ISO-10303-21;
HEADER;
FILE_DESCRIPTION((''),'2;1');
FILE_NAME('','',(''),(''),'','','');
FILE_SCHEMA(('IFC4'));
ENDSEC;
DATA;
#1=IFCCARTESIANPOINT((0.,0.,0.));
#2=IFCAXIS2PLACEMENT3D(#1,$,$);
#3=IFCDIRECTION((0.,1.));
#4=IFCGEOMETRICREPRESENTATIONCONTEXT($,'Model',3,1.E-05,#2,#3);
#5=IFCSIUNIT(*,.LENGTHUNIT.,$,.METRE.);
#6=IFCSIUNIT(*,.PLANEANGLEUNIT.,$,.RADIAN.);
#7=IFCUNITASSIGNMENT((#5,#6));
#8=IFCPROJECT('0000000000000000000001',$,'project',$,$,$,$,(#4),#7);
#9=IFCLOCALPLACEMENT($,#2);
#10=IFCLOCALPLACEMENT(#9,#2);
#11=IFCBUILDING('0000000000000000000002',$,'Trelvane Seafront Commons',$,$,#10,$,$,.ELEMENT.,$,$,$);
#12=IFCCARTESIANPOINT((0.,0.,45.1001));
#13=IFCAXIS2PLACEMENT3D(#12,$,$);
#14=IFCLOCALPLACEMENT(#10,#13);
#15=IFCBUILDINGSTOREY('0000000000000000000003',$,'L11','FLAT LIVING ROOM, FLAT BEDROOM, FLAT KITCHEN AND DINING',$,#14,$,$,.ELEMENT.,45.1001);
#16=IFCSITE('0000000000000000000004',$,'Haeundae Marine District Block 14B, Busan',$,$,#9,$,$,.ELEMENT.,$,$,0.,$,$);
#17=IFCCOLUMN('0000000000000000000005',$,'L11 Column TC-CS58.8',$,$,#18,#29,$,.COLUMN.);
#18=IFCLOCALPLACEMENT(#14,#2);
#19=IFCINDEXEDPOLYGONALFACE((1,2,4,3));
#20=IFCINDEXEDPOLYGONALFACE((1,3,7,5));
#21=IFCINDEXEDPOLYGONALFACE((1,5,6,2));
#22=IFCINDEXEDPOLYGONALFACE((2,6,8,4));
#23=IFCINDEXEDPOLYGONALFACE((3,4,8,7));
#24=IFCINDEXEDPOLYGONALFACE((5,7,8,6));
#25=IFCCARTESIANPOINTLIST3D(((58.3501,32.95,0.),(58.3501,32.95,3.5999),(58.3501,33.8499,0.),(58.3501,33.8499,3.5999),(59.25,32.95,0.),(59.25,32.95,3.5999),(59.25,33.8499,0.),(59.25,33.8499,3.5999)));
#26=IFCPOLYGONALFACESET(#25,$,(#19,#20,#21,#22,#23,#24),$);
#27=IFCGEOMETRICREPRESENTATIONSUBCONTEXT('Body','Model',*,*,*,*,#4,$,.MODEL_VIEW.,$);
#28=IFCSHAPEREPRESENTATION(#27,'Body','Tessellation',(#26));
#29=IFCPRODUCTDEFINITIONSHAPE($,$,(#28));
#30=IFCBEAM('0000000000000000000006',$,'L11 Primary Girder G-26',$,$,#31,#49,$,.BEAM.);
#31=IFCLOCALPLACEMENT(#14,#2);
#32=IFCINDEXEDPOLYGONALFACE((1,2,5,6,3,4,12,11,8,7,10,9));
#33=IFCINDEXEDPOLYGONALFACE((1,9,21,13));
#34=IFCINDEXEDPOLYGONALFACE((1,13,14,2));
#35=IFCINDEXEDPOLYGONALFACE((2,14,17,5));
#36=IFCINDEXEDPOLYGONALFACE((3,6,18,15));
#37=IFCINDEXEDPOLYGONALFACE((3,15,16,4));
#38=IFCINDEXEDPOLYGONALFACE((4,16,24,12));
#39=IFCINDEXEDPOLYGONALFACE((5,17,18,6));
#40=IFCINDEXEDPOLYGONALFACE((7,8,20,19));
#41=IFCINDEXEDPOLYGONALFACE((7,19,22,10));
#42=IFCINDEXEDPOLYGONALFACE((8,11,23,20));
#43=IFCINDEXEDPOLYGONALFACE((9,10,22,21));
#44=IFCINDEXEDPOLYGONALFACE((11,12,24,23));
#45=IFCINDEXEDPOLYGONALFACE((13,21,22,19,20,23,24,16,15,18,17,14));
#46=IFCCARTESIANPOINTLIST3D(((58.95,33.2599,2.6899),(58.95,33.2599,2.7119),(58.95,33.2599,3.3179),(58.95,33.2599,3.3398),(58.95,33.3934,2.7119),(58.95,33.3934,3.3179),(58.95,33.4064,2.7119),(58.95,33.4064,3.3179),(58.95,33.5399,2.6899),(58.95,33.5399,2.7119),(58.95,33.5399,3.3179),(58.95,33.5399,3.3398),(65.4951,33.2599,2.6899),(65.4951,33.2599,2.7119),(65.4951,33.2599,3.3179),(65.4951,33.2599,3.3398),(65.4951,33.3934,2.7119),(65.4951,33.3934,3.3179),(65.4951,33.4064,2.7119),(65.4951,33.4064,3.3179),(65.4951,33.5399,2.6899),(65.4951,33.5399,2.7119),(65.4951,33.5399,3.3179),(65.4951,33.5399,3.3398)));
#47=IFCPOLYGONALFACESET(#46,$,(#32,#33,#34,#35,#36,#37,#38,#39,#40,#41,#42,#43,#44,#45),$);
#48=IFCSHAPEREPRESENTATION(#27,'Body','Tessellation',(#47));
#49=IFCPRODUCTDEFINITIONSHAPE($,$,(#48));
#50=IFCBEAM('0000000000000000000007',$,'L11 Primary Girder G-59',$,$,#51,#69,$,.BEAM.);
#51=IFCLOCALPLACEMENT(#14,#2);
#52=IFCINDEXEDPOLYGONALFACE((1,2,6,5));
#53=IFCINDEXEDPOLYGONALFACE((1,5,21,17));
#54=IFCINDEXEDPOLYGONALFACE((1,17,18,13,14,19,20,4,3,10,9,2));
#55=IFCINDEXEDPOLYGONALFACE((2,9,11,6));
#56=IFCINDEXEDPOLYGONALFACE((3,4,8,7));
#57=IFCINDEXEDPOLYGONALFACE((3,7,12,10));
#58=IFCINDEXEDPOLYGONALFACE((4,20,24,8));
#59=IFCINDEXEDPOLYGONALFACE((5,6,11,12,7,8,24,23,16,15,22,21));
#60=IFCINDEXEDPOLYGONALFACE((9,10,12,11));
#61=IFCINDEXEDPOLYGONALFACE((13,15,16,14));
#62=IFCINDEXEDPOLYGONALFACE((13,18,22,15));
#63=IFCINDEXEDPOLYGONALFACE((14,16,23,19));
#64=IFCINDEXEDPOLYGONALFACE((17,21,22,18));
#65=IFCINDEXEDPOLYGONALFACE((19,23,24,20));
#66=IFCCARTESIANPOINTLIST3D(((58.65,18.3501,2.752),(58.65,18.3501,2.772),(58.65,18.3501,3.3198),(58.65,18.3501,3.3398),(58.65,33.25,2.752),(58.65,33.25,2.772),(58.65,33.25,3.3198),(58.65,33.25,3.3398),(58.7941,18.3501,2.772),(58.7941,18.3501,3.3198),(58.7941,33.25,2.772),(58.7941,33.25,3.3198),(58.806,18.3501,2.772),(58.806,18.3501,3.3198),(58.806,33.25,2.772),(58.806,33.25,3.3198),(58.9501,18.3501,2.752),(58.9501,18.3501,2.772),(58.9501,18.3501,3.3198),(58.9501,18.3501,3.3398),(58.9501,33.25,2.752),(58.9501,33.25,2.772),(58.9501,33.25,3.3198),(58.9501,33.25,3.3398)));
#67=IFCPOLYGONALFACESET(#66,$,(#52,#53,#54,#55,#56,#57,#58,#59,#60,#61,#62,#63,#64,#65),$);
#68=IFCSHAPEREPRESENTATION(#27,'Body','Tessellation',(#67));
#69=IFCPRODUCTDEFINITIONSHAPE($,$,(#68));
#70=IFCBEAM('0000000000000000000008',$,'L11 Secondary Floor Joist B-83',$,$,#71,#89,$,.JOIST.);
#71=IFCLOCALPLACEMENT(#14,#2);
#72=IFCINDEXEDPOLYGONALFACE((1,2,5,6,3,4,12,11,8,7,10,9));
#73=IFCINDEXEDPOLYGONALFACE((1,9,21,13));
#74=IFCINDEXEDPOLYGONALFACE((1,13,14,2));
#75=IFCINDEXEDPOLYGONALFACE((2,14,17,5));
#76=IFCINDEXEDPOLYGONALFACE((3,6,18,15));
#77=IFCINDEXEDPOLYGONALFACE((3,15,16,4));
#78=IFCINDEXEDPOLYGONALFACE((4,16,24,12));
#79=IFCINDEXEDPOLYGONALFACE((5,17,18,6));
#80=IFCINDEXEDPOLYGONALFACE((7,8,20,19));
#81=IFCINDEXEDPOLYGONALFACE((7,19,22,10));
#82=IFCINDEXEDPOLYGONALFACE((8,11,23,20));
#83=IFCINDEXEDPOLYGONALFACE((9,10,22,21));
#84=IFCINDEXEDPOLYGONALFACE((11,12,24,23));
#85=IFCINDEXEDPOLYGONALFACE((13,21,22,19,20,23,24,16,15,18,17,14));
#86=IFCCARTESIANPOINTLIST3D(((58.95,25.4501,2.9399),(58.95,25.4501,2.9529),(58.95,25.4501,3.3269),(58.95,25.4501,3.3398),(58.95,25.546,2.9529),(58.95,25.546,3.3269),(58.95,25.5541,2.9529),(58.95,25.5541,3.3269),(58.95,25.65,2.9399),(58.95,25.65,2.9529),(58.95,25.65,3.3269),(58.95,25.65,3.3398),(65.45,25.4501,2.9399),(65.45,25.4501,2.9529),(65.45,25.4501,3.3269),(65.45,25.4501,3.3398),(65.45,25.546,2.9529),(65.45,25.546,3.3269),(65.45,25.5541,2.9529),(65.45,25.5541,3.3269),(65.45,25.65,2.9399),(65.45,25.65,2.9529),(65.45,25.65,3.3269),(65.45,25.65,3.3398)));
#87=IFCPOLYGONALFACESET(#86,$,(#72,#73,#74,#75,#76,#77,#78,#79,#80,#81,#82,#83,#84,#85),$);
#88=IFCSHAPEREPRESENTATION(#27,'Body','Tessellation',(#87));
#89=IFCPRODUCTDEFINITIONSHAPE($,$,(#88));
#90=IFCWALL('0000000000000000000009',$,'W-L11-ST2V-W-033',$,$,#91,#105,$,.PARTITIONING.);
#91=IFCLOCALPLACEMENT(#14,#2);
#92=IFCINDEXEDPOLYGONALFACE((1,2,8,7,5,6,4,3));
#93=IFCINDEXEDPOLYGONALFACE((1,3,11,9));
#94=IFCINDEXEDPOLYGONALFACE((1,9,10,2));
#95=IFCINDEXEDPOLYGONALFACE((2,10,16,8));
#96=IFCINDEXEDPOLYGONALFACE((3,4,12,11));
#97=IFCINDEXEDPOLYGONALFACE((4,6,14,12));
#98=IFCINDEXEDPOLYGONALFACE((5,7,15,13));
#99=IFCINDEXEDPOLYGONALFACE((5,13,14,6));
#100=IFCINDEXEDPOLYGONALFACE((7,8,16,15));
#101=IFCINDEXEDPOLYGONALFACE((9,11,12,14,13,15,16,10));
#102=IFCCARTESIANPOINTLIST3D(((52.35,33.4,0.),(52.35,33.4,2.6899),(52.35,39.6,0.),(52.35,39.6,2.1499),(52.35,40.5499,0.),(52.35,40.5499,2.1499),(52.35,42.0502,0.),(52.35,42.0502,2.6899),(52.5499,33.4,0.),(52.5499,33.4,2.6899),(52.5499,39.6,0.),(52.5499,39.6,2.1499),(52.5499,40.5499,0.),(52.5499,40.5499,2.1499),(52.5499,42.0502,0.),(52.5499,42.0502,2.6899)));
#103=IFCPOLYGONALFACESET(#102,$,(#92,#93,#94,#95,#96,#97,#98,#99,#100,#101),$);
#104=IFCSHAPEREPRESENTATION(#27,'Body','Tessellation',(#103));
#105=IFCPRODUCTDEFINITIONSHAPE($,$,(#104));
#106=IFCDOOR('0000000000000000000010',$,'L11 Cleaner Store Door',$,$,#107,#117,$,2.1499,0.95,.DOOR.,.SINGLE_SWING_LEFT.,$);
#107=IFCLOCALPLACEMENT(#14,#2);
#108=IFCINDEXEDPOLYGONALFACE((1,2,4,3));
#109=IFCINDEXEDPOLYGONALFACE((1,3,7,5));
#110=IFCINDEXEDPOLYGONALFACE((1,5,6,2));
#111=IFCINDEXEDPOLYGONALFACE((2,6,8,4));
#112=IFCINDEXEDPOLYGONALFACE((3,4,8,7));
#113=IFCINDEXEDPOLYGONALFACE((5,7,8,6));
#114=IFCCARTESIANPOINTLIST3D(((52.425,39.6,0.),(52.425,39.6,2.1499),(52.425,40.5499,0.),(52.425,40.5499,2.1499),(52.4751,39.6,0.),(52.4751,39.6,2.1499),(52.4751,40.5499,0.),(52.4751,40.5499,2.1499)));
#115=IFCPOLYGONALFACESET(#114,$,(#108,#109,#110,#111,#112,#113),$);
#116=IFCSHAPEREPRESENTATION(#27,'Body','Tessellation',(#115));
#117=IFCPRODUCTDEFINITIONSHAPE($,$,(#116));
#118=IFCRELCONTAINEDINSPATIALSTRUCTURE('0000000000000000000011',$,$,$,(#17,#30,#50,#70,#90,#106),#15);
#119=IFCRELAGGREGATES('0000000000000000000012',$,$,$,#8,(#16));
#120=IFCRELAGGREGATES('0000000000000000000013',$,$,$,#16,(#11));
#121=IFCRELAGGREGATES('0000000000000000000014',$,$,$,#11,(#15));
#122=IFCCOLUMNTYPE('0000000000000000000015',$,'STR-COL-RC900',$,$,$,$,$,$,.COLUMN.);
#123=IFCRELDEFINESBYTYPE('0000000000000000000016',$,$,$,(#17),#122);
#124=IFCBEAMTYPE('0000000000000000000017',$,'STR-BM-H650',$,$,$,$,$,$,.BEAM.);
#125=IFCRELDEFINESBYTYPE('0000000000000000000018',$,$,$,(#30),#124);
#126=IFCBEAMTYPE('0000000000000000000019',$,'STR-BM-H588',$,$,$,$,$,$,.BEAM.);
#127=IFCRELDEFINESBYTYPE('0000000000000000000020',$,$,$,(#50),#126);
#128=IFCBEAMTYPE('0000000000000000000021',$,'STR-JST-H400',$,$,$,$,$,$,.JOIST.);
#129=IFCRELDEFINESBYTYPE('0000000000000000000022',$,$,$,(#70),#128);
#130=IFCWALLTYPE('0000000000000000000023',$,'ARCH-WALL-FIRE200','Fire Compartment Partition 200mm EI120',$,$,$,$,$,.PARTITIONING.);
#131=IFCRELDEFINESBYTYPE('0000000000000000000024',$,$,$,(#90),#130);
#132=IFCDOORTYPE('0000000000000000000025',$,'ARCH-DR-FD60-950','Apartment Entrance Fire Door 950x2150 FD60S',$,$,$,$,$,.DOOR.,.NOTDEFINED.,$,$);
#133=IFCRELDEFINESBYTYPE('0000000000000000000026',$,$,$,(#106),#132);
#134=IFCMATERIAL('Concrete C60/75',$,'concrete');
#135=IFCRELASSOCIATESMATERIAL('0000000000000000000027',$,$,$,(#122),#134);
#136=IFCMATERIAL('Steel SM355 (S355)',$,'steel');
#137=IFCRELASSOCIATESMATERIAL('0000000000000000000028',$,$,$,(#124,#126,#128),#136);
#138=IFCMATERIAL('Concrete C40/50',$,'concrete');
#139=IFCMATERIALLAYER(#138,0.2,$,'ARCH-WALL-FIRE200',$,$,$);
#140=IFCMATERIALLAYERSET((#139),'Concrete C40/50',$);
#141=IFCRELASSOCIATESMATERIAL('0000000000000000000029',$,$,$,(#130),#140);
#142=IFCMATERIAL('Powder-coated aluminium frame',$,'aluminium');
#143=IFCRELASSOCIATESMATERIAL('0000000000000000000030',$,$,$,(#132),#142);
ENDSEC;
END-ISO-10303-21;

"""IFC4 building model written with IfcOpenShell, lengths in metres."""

from ifc_helpers import new_model, si_unit, direction, frame, frame_2d, origin, origin_2d, place, context, subcontext, project, spatial, rectangle, i_section, extrude, source, transform, mapped, material, layer, layer_set, material_profile, profile_set, type_object, element, fill, save


model = new_model("IFC4")

# Units and contexts
model_context = context("Model", 3, precision=1e-05, world=origin(), true_north=direction((0.0, 1.0)))
body_context = subcontext(model_context, "Body", "Model", "MODEL_VIEW")
ifc_project = project(units=[si_unit("LENGTHUNIT", "METRE"), si_unit("PLANEANGLEUNIT", "RADIAN")], contexts=[model_context])

# Site, building, storey
site_placement = place(None, origin())
site = spatial("IfcSite", under=ifc_project, at=site_placement, Name="Haeundae Marine District Block 14B, Busan", CompositionType="ELEMENT", RefElevation=0.0)
building_placement = place(site_placement, origin())
building = spatial("IfcBuilding", under=site, at=building_placement, Name="Trelvane Seafront Commons", CompositionType="ELEMENT")
storey_placement = place(building_placement, frame((0.0, 0.0, 45.1001)))
storey = spatial("IfcBuildingStorey", under=building, at=storey_placement, Name="L11", Description="FLAT LIVING ROOM, FLAT BEDROOM, FLAT KITCHEN AND DINING", CompositionType="ELEMENT", Elevation=45.1001)

# Column
ifc_material_1 = material(Name="Concrete C60/75", Category="concrete")
ifc_material_profile_1 = material_profile(ifc_material_1, rectangle(XDim=0.8999, YDim=0.8999, at=origin_2d()), Name="RC-900x900")
ifc_profile_set_1 = profile_set([ifc_material_profile_1], Name="Concrete C60/75")
column_type = type_object("IfcColumnType", Name="STR-COL-RC900", PredefinedType="COLUMN", material=ifc_profile_set_1)
shared_shape_1 = source(origin(), body_context, "Body", "SweptSolid", [
    extrude(rectangle(XDim=0.8999, YDim=0.8999, at=origin_2d()), origin(), (0.0, 0.0, 1.0), 3.5999),
])
column_placement = place(storey_placement, frame((58.8, 33.3999, 0.0), z_axis=(0.0, 0.0, 1.0), x_axis=(1.0, 0.0, 0.0)))
element("IfcColumn", 1, at=column_placement, inside=storey, type_object=column_type, Name="L11 Column TC-CS58.8", PredefinedType="COLUMN", context=body_context, shape_type="MappedRepresentation", body=[
    mapped(shared_shape_1, transform((0.0, 0.0, 0.0), x_axis=(1.0, 0.0, 0.0), y_axis=(0.0, 1.0, 0.0), z_axis=(0.0, 0.0, 1.0), scale=1.0)),
])

# Beams
ifc_material_2 = material(Name="Steel SM355 (S355)", Category="steel")
ifc_material_profile_2 = material_profile(ifc_material_2, i_section(OverallWidth=0.28, OverallDepth=0.6499, WebThickness=0.0129, FlangeThickness=0.022, at=origin_2d()), Name="H-650x280x13x22")
ifc_profile_set_2 = profile_set([ifc_material_profile_2], Name="Steel SM355 (S355)")
beam_type_1 = type_object("IfcBeamType", Name="STR-BM-H650", PredefinedType="BEAM", material=ifc_profile_set_2)
shared_shape_2 = source(origin(), body_context, "Body", "SweptSolid", [
    extrude(i_section(OverallWidth=0.28, OverallDepth=0.6499, WebThickness=0.0129, FlangeThickness=0.022, at=origin_2d()), origin(), (0.0, 0.0, 1.0), 6.5452),
])
beam_1_placement = place(storey_placement, frame((58.95, 33.3999, 3.0149), z_axis=(1.0, 0.0, 0.0), x_axis=(0.0, 1.0, 0.0)))
element("IfcBeam", 2, at=beam_1_placement, inside=storey, type_object=beam_type_1, Name="L11 Primary Girder G-26", PredefinedType="BEAM", context=body_context, shape_type="MappedRepresentation", body=[
    mapped(shared_shape_2, transform((0.0, 0.0, 0.0), x_axis=(1.0, 0.0, 0.0), y_axis=(0.0, 1.0, 0.0), z_axis=(0.0, 0.0, 1.0), scale=1.0)),
])
ifc_material_profile_3 = material_profile(ifc_material_2, i_section(OverallWidth=0.3, OverallDepth=0.5879, WebThickness=0.012, FlangeThickness=0.02, at=origin_2d()), Name="H-588x300x12x20")
ifc_profile_set_3 = profile_set([ifc_material_profile_3], Name="Steel SM355 (S355)")
beam_type_2 = type_object("IfcBeamType", Name="STR-BM-H588", PredefinedType="BEAM", material=ifc_profile_set_3)
shared_shape_3 = source(origin(), body_context, "Body", "SweptSolid", [
    extrude(i_section(OverallWidth=0.3, OverallDepth=0.5879, WebThickness=0.012, FlangeThickness=0.02, at=origin_2d()), origin(), (0.0, 0.0, 1.0), 14.8999),
])
beam_2_placement = place(storey_placement, frame((58.8, 18.3501, 3.0459), z_axis=(0.0, 1.0, 0.0), x_axis=(-1.0, 0.0, 0.0)))
element("IfcBeam", 3, at=beam_2_placement, inside=storey, type_object=beam_type_2, Name="L11 Primary Girder G-59", PredefinedType="BEAM", context=body_context, shape_type="MappedRepresentation", body=[
    mapped(shared_shape_3, transform((0.0, 0.0, 0.0), x_axis=(1.0, 0.0, 0.0), y_axis=(0.0, 1.0, 0.0), z_axis=(0.0, 0.0, 1.0), scale=1.0)),
])
ifc_material_profile_4 = material_profile(ifc_material_2, i_section(OverallWidth=0.2, OverallDepth=0.3999, WebThickness=0.0081, FlangeThickness=0.0129, at=origin_2d()), Name="H-400x200x8x13")
ifc_profile_set_4 = profile_set([ifc_material_profile_4], Name="Steel SM355 (S355)")
beam_type_3 = type_object("IfcBeamType", Name="STR-JST-H400", PredefinedType="JOIST", material=ifc_profile_set_4)
shared_shape_4 = source(origin(), body_context, "Body", "SweptSolid", [
    extrude(i_section(OverallWidth=0.2, OverallDepth=0.3999, WebThickness=0.0081, FlangeThickness=0.0129, at=origin_2d()), origin(), (0.0, 0.0, 1.0), 6.5),
])
beam_3_placement = place(storey_placement, frame((58.95, 25.55, 3.1399), z_axis=(1.0, 0.0, 0.0), x_axis=(0.0, 1.0, 0.0)))
element("IfcBeam", 4, at=beam_3_placement, inside=storey, type_object=beam_type_3, Name="L11 Secondary Floor Joist B-83", PredefinedType="JOIST", context=body_context, shape_type="MappedRepresentation", body=[
    mapped(shared_shape_4, transform((0.0, 0.0, 0.0), x_axis=(1.0, 0.0, 0.0), y_axis=(0.0, 1.0, 0.0), z_axis=(0.0, 0.0, 1.0), scale=1.0)),
])

# Wall, opening, door
ifc_material_3 = material(Name="Concrete C40/50", Category="concrete")
ifc_layer_1 = layer(ifc_material_3, 0.2, Name="ARCH-WALL-FIRE200")
ifc_layer_set_1 = layer_set([ifc_layer_1], Name="Concrete C40/50")
wall_type_1 = type_object("IfcWallType", Name="ARCH-WALL-FIRE200", Description="Fire Compartment Partition 200mm EI120", PredefinedType="PARTITIONING", material=ifc_layer_set_1)
wall_1_placement = place(storey_placement, frame((52.45, 33.3999, 0.0), z_axis=(0.0, 0.0, 1.0), x_axis=(0.0, 1.0, 0.0)))
wall_1 = element("IfcWall", 5, at=wall_1_placement, inside=storey, type_object=wall_type_1, Name="W-L11-ST2V-W-033", PredefinedType="PARTITIONING", context=body_context, shape_type="SweptSolid", body=[
    extrude(rectangle(XDim=8.6501, YDim=0.2, at=frame_2d((4.3252, 0.0))), origin(), (0.0, 0.0, 1.0), 2.6899),
])
opening_1_placement = place(wall_1_placement, frame((6.2, 0.0, 0.0)))
opening_1 = element("IfcOpeningElement", 6, at=opening_1_placement, cuts=wall_1, PredefinedType="OPENING", context=body_context, shape_type="SweptSolid", body=[
    extrude(rectangle(XDim=0.95, YDim=2.1499, at=frame_2d((0.4751, 1.075))), frame((0.0, 0.1099, 0.0), z_axis=(0.0, -1.0, 0.0), x_axis=(1.0, 0.0, 0.0)), (0.0, 0.0, 1.0), 0.22),
])
ifc_material_4 = material(Name="Powder-coated aluminium frame", Category="aluminium")
door_type_1 = type_object("IfcDoorType", Name="ARCH-DR-FD60-950", Description="Apartment Entrance Fire Door 950x2150 FD60S", OperationType="NOTDEFINED", PredefinedType="DOOR", material=ifc_material_4)
shared_shape_5 = source(origin(), body_context, "Body", "SweptSolid", [
    extrude(rectangle(XDim=0.95, YDim=2.1499, at=frame_2d((0.4751, 1.075))), frame((0.0, 0.0249, 0.0), z_axis=(0.0, -1.0, 0.0), x_axis=(1.0, 0.0, 0.0)), (0.0, 0.0, 1.0), 0.05),
])
door_1_placement = place(opening_1_placement, origin())
door_1 = element("IfcDoor", 7, at=door_1_placement, inside=storey, type_object=door_type_1, Name="L11 Cleaner Store Door", OperationType="SINGLE_SWING_LEFT", OverallHeight=2.1499, OverallWidth=0.95, PredefinedType="DOOR", context=body_context, shape_type="MappedRepresentation", body=[
    mapped(shared_shape_5, transform((0.0, 0.0, 0.0), x_axis=(1.0, 0.0, 0.0), y_axis=(0.0, 1.0, 0.0), z_axis=(0.0, 0.0, 1.0), scale=1.0)),
])
fill(opening_1, door_1)

save(model, "model.ifc")
